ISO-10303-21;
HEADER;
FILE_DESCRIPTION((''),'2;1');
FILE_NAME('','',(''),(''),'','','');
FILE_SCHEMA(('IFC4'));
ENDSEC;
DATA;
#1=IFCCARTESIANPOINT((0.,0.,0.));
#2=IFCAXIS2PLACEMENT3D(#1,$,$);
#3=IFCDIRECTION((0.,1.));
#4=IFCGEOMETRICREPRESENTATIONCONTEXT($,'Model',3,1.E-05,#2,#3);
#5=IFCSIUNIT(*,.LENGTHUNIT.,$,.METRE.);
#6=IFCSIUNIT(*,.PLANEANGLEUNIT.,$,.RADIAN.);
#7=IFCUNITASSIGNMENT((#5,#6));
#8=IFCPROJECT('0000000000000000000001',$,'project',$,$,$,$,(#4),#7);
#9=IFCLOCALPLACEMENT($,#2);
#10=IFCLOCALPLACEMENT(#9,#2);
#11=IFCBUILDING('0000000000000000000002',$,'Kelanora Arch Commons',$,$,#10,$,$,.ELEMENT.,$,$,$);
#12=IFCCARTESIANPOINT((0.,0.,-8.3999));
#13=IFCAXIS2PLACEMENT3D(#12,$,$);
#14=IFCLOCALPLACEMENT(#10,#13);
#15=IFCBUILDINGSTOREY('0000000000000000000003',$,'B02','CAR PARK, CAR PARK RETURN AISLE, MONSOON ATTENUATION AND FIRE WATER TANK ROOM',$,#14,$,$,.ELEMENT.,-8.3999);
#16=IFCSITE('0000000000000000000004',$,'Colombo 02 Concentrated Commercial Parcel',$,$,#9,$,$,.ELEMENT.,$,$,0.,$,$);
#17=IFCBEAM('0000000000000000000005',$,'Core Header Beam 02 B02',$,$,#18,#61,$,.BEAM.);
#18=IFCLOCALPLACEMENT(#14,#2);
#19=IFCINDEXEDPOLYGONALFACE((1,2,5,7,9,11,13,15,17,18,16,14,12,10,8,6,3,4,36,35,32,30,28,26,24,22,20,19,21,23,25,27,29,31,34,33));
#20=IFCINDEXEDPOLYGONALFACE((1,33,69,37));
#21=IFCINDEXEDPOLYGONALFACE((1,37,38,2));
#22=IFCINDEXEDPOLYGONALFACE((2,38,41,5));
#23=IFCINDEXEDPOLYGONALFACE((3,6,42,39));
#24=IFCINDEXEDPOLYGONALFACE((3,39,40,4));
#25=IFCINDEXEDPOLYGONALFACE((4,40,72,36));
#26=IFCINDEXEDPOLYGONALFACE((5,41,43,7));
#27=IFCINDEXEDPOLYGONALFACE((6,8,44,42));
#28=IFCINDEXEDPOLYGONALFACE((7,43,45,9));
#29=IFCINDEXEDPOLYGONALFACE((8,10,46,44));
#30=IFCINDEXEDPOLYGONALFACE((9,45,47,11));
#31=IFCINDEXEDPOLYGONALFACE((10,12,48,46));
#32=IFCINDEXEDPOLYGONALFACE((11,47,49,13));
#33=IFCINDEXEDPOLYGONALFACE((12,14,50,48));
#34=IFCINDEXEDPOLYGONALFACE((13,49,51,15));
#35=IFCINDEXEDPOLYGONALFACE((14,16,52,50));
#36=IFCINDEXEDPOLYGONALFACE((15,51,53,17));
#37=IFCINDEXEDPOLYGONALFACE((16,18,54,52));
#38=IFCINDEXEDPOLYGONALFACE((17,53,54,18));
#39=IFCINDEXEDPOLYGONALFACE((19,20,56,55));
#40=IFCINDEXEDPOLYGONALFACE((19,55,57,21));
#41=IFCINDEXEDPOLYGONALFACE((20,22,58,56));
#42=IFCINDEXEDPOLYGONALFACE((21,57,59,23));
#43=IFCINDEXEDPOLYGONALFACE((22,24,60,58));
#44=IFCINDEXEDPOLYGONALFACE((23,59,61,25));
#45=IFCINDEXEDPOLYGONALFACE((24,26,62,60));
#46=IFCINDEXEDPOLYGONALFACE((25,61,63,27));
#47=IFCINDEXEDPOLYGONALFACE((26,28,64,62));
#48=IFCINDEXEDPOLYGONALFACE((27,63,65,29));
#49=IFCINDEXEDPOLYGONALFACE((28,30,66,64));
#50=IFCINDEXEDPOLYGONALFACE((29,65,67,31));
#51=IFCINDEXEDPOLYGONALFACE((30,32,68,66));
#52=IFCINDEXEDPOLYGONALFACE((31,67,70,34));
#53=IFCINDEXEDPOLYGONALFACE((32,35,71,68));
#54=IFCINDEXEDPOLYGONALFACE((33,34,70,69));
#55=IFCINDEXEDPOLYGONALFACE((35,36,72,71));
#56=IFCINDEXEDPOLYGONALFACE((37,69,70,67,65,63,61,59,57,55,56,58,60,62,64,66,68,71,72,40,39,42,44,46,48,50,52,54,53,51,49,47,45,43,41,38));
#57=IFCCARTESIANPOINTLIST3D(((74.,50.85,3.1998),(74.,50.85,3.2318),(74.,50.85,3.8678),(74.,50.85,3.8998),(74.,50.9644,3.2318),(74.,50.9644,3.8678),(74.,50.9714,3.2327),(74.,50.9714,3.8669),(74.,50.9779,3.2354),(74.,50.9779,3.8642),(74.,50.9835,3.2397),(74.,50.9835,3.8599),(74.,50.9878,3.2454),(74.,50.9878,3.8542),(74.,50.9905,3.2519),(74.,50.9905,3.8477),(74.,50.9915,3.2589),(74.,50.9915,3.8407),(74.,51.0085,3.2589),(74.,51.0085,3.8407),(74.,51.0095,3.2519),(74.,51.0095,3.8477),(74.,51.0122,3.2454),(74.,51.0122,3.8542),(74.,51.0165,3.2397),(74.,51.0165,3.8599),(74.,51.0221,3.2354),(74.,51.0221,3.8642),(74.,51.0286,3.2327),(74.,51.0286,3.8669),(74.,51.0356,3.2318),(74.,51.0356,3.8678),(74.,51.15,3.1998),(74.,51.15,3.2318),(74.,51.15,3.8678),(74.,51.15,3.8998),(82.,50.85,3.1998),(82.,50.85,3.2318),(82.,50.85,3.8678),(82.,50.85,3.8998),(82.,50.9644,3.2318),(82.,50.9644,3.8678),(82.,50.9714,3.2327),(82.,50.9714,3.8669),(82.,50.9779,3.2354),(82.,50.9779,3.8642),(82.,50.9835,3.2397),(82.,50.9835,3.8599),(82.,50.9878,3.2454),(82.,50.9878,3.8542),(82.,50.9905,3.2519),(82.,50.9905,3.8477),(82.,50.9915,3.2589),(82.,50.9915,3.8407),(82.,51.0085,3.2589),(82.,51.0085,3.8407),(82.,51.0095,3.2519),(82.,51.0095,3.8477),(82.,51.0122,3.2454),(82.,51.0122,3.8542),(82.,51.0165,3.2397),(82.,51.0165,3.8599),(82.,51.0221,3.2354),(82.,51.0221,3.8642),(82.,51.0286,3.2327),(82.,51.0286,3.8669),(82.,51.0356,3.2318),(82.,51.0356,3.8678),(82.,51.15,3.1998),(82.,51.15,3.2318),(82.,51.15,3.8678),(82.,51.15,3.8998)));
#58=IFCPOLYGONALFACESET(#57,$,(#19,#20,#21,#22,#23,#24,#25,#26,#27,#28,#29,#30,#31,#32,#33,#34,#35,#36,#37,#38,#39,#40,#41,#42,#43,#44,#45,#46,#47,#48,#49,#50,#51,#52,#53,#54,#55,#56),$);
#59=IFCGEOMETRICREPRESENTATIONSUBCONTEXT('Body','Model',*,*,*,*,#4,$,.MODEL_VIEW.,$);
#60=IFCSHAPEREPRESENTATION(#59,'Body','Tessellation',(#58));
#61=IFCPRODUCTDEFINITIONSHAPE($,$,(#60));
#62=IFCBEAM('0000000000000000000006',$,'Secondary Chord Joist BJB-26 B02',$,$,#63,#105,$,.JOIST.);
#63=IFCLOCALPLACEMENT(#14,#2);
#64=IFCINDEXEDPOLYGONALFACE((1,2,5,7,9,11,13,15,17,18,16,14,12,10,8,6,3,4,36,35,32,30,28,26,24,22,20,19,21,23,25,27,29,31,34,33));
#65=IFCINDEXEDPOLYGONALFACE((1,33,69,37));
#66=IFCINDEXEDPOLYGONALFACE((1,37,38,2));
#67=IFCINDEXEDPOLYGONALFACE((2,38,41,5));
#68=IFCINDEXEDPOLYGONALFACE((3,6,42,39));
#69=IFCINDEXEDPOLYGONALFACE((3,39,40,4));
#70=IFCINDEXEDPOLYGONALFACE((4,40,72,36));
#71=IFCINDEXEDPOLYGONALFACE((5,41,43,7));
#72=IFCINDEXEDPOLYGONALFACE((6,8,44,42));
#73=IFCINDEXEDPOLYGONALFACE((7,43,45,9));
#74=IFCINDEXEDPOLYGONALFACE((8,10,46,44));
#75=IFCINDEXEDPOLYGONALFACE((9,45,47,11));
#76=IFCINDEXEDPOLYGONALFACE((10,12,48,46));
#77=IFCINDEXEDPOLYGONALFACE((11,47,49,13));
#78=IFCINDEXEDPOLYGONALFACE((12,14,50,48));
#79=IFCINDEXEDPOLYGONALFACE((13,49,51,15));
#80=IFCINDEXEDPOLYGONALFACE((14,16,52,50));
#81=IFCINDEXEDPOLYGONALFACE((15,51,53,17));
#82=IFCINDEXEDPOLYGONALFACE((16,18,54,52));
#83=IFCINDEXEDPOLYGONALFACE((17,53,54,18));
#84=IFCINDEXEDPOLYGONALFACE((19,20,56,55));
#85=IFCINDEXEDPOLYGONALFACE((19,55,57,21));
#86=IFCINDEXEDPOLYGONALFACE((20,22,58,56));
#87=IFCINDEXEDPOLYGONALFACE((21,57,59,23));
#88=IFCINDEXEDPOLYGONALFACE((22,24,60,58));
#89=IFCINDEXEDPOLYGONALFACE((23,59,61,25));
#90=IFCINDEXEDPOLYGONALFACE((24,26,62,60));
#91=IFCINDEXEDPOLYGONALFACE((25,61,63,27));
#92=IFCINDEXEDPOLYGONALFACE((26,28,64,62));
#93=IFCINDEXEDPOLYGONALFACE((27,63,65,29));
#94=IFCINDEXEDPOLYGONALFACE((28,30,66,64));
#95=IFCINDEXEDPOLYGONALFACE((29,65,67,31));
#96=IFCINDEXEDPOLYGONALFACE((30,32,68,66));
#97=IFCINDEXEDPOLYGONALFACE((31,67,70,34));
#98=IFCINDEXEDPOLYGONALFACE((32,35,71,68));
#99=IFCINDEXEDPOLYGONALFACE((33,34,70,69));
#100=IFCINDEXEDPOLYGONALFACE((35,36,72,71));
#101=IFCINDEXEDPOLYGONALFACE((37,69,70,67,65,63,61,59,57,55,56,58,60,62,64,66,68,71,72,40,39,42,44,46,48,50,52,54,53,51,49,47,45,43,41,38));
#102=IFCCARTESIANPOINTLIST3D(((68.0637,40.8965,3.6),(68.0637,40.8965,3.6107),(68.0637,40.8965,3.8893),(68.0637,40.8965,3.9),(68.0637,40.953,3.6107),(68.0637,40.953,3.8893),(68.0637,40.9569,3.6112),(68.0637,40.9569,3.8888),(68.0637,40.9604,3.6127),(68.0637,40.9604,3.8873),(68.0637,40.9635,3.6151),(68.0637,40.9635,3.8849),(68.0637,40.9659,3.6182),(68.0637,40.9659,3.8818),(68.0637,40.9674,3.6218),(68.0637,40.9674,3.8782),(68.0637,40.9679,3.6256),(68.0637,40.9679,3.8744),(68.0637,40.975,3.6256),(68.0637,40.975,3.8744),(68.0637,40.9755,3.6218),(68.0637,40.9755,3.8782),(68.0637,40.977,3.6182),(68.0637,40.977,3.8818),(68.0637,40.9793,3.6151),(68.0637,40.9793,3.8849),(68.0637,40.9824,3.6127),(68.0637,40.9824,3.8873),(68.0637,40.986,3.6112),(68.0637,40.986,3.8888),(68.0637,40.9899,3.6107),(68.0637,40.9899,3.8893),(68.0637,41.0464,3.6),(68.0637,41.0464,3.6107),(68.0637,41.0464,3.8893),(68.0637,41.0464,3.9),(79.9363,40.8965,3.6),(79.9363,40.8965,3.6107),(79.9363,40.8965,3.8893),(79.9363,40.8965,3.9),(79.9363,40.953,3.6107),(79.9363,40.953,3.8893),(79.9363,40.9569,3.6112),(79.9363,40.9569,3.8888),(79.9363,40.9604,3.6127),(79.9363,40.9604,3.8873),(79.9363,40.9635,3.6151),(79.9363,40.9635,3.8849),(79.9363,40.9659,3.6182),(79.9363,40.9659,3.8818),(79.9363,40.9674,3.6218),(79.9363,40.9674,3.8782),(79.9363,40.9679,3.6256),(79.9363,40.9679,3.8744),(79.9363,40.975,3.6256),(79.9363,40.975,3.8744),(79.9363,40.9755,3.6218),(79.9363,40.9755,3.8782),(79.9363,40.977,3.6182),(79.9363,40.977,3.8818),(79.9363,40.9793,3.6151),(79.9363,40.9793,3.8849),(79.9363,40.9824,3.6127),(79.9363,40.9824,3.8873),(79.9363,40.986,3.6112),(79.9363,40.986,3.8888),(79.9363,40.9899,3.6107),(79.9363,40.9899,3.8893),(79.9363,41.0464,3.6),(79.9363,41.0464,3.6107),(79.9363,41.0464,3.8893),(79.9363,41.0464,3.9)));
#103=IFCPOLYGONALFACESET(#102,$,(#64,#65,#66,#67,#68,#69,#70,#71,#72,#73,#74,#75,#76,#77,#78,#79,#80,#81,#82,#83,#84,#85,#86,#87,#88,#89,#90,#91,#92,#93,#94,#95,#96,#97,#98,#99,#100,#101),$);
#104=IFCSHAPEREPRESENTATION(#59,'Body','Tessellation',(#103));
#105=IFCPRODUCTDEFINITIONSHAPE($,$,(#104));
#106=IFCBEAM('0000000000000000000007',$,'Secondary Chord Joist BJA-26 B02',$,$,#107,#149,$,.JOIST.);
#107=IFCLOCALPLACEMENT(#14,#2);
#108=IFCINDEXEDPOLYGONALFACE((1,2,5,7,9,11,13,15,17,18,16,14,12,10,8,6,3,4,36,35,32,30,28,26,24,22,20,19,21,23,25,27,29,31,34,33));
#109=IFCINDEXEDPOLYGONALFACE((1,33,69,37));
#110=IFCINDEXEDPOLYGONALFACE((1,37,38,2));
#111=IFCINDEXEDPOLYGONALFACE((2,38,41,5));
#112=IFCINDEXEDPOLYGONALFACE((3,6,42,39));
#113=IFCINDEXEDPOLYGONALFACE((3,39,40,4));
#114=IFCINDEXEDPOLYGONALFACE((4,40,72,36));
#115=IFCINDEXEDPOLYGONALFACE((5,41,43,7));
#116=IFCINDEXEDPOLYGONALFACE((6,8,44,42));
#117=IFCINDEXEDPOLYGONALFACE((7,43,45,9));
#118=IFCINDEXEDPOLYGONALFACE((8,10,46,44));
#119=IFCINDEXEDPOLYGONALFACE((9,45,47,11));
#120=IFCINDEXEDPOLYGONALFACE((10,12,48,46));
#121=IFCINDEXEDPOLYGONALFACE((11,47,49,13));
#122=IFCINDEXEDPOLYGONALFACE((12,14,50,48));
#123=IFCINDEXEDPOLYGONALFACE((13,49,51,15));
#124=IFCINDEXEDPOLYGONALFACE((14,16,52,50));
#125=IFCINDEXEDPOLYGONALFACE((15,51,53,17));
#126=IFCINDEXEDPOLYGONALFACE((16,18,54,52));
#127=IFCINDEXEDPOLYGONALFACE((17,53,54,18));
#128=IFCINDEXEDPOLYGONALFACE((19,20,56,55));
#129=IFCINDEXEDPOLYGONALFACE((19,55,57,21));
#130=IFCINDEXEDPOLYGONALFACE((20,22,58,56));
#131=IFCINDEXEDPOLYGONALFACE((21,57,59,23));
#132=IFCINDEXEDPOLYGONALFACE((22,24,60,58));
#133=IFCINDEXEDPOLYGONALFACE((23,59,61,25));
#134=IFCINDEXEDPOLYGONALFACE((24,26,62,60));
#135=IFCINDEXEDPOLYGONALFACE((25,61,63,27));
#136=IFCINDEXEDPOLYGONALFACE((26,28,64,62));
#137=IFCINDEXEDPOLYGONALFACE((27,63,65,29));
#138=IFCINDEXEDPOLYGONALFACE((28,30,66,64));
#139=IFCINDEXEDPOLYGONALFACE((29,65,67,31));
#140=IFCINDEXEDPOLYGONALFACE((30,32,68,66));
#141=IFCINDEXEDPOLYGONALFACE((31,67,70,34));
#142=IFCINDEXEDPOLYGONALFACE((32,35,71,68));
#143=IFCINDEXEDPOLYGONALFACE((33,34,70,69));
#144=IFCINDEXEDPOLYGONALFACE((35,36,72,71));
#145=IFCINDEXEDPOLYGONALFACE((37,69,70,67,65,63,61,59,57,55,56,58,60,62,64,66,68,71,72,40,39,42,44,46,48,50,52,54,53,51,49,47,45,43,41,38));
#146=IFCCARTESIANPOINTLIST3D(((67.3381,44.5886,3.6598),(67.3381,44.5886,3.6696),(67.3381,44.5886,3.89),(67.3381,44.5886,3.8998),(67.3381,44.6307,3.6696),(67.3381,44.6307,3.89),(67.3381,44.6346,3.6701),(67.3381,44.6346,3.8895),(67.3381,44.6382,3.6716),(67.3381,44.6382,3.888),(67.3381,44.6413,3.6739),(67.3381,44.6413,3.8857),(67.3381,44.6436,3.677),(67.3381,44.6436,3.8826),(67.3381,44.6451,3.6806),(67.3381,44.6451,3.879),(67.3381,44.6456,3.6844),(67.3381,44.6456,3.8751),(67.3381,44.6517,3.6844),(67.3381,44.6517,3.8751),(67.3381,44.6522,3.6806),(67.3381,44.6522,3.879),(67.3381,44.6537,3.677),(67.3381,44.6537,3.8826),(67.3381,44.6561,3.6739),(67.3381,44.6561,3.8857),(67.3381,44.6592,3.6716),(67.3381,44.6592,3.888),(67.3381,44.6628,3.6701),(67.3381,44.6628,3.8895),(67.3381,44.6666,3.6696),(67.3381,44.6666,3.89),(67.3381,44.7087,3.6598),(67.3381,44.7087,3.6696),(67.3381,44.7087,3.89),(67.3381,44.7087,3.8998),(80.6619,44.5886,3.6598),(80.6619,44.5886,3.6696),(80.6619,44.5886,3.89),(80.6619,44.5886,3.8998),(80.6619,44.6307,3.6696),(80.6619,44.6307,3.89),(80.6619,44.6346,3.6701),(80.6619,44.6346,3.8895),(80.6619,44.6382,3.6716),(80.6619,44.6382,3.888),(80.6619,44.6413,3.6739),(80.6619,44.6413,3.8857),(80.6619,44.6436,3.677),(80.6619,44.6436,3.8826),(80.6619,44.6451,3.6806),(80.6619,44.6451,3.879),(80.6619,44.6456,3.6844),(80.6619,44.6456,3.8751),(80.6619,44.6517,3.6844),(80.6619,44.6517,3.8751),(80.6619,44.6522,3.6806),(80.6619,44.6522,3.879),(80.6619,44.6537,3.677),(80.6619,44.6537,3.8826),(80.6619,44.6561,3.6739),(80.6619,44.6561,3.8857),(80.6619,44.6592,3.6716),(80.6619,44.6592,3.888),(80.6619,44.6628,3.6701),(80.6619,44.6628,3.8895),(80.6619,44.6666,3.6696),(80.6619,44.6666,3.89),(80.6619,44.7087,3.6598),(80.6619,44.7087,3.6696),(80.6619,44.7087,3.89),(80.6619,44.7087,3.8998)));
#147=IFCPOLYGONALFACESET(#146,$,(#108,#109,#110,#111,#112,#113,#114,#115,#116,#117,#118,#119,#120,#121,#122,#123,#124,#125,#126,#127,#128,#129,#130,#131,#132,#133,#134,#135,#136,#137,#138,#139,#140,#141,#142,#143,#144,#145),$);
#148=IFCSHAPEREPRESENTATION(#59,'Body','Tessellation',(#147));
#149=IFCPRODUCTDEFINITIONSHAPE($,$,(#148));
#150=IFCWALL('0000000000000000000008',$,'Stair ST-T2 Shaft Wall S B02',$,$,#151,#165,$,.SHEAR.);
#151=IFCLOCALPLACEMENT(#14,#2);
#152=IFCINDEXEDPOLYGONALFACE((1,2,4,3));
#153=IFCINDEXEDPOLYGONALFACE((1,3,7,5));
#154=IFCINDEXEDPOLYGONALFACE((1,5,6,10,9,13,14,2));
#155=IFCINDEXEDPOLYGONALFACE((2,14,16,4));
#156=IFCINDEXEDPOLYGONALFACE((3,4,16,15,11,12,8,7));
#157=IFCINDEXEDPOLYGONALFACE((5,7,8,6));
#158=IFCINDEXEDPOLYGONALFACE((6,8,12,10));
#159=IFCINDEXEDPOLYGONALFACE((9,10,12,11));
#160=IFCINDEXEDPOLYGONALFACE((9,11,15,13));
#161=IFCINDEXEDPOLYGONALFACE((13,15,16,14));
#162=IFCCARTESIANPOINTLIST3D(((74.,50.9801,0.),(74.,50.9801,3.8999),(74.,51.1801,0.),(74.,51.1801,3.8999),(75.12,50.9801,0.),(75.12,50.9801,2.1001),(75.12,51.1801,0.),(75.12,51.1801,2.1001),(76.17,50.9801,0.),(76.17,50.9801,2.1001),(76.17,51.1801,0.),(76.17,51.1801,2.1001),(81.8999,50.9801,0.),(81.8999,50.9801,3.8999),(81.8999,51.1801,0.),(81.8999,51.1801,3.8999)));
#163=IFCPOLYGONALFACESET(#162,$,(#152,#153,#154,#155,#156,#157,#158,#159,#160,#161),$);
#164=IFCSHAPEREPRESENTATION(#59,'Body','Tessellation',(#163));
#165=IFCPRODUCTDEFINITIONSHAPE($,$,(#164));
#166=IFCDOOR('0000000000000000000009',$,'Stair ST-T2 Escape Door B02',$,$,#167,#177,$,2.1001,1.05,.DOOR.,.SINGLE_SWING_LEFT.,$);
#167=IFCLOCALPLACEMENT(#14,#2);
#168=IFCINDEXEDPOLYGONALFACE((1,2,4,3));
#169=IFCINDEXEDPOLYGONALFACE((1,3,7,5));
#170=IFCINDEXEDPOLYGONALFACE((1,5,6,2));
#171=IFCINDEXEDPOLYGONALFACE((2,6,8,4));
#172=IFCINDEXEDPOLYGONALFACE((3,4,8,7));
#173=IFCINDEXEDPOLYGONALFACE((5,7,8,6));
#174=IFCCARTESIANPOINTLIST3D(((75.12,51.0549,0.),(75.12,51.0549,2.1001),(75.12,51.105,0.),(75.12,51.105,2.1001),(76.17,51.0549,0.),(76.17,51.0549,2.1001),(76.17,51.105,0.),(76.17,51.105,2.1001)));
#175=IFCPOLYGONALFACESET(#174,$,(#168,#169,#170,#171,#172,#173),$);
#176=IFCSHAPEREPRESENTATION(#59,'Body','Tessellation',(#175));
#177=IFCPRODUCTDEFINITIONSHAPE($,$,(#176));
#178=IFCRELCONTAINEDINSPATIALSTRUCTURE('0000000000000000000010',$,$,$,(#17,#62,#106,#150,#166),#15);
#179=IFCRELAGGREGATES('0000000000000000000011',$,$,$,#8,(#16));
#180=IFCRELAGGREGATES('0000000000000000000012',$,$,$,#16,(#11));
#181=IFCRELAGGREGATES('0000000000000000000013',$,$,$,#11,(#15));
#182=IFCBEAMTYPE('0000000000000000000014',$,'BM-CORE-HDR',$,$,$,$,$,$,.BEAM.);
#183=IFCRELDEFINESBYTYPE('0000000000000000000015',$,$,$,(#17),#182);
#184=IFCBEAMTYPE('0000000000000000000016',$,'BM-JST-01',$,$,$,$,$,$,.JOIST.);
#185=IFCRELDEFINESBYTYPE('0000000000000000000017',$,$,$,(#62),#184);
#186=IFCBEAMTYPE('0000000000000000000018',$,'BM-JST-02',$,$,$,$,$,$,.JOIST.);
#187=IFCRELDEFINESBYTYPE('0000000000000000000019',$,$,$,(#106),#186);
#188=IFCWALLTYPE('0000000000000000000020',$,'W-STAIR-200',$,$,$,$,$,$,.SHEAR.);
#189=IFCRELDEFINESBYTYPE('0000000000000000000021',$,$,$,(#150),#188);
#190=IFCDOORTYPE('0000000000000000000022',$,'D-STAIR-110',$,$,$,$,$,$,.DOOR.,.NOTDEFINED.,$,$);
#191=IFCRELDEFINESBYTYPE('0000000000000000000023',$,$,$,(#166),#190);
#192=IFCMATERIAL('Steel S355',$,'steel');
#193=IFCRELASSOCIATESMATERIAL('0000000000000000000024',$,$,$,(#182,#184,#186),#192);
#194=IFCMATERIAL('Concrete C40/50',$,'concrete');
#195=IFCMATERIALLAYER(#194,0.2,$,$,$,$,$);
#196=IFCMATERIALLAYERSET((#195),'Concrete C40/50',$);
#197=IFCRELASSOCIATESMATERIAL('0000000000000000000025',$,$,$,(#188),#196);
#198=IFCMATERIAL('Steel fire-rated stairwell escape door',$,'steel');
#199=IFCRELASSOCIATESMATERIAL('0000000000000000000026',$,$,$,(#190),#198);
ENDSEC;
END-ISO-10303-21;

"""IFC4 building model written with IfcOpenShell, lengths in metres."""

from ifc_helpers import new_model, si_unit, direction, frame, frame_2d, origin, origin_2d, place, context, subcontext, project, spatial, rectangle, i_section, extrude, material, layer, layer_set, material_profile, profile_set, type_object, element, fill, save


model = new_model("IFC4")

# Units and contexts
model_context = context("Model", 3, precision=1e-05, world=origin(), true_north=direction((0.0, 1.0)))
body_context = subcontext(model_context, "Body", "Model", "MODEL_VIEW")
ifc_project = project(units=[si_unit("LENGTHUNIT", "METRE"), si_unit("PLANEANGLEUNIT", "RADIAN")], contexts=[model_context])

# Site, building, storey
site_placement = place(None, origin())
site = spatial("IfcSite", under=ifc_project, at=site_placement, Name="Colombo 02 Concentrated Commercial Parcel", CompositionType="ELEMENT", RefElevation=0.0)
building_placement = place(site_placement, origin())
building = spatial("IfcBuilding", under=site, at=building_placement, Name="Kelanora Arch Commons", CompositionType="ELEMENT")
storey_placement = place(building_placement, frame((0.0, 0.0, -8.3999)))
storey = spatial("IfcBuildingStorey", under=building, at=storey_placement, Name="B02", Description="CAR PARK, CAR PARK RETURN AISLE, MONSOON ATTENUATION AND FIRE WATER TANK ROOM", CompositionType="ELEMENT", Elevation=-8.3999)

# Beams
ifc_material_1 = material(Name="Steel S355", Category="steel")
ifc_material_profile_1 = material_profile(ifc_material_1, i_section(OverallWidth=0.3, OverallDepth=0.7, WebThickness=0.0171, FlangeThickness=0.032, FilletRadius=0.0271, at=origin_2d()), Name="HEB700")
ifc_profile_set_1 = profile_set([ifc_material_profile_1], Name="Steel S355")
beam_type_1 = type_object("IfcBeamType", Name="BM-CORE-HDR", PredefinedType="BEAM", material=ifc_profile_set_1)
beam_1_placement = place(storey_placement, frame((74.0, 51.0, 3.5498), z_axis=(1.0, 0.0, 0.0), x_axis=(0.0, 1.0, 0.0)))
element("IfcBeam", 1, at=beam_1_placement, inside=storey, type_object=beam_type_1, Name="Core Header Beam 02 B02", PredefinedType="BEAM", context=body_context, shape_type="SweptSolid", body=[
    extrude(i_section(OverallWidth=0.3, OverallDepth=0.7, WebThickness=0.0171, FlangeThickness=0.032, FilletRadius=0.0271, at=origin_2d()), origin(), (0.0, 0.0, 1.0), 8.0),
])
ifc_material_profile_2 = material_profile(ifc_material_1, i_section(OverallWidth=0.1499, OverallDepth=0.3, WebThickness=0.0071, FlangeThickness=0.0107, FilletRadius=0.0149, at=origin_2d()), Name="IPE300")
ifc_profile_set_2 = profile_set([ifc_material_profile_2], Name="Steel S355")
beam_type_2 = type_object("IfcBeamType", Name="BM-JST-01", PredefinedType="JOIST", material=ifc_profile_set_2)
beam_2_placement = place(storey_placement, frame((68.0637, 40.9714, 3.75), z_axis=(1.0, 0.0, 0.0), x_axis=(0.0, 1.0, 0.0)))
element("IfcBeam", 2, at=beam_2_placement, inside=storey, type_object=beam_type_2, Name="Secondary Chord Joist BJB-26 B02", PredefinedType="JOIST", context=body_context, shape_type="SweptSolid", body=[
    extrude(i_section(OverallWidth=0.1499, OverallDepth=0.3, WebThickness=0.0071, FlangeThickness=0.0107, FilletRadius=0.0149, at=origin_2d()), origin(), (0.0, 0.0, 1.0), 11.8726),
])
ifc_material_profile_3 = material_profile(ifc_material_1, i_section(OverallWidth=0.1201, OverallDepth=0.24, WebThickness=0.0061, FlangeThickness=0.0098, FilletRadius=0.0149, at=origin_2d()), Name="IPE240")
ifc_profile_set_3 = profile_set([ifc_material_profile_3], Name="Steel S355")
beam_type_3 = type_object("IfcBeamType", Name="BM-JST-02", PredefinedType="JOIST", material=ifc_profile_set_3)
beam_3_placement = place(storey_placement, frame((67.3381, 44.6487, 3.7798), z_axis=(1.0, 0.0, 0.0), x_axis=(0.0, 1.0, 0.0)))
element("IfcBeam", 3, at=beam_3_placement, inside=storey, type_object=beam_type_3, Name="Secondary Chord Joist BJA-26 B02", PredefinedType="JOIST", context=body_context, shape_type="SweptSolid", body=[
    extrude(i_section(OverallWidth=0.1201, OverallDepth=0.24, WebThickness=0.0061, FlangeThickness=0.0098, FilletRadius=0.0149, at=origin_2d()), origin(), (0.0, 0.0, 1.0), 13.3237),
])

# Wall, opening, door
ifc_material_2 = material(Name="Concrete C40/50", Category="concrete")
ifc_layer = layer(ifc_material_2, 0.2)
ifc_layer_set = layer_set([ifc_layer], Name="Concrete C40/50")
wall_type = type_object("IfcWallType", Name="W-STAIR-200", PredefinedType="SHEAR", material=ifc_layer_set)
wall_1_placement = place(storey_placement, frame((74.0, 51.0801, 0.0), z_axis=(0.0, 0.0, 1.0), x_axis=(1.0, 0.0, 0.0)))
wall_1 = element("IfcWall", 4, at=wall_1_placement, inside=storey, type_object=wall_type, Name="Stair ST-T2 Shaft Wall S B02", PredefinedType="SHEAR", context=body_context, shape_type="SweptSolid", body=[
    extrude(rectangle(XDim=7.8999, YDim=0.2, at=frame_2d((3.95, 0.0))), origin(), (0.0, 0.0, 1.0), 3.8999),
])
opening_placement = place(wall_1_placement, frame((1.1201, 0.0, 0.0)))
opening = element("IfcOpeningElement", 5, at=opening_placement, cuts=wall_1, PredefinedType="OPENING", context=body_context, shape_type="SweptSolid", body=[
    extrude(rectangle(XDim=1.05, YDim=2.1001, at=frame_2d((0.5249, 1.05))), frame((0.0, 0.1099, 0.0), z_axis=(0.0, -1.0, 0.0), x_axis=(1.0, 0.0, 0.0)), (0.0, 0.0, 1.0), 0.22),
])
ifc_material_3 = material(Name="Steel fire-rated stairwell escape door", Category="steel")
door_type = type_object("IfcDoorType", Name="D-STAIR-110", OperationType="NOTDEFINED", PredefinedType="DOOR", material=ifc_material_3)
door_placement = place(opening_placement, origin())
door = element("IfcDoor", 6, at=door_placement, inside=storey, type_object=door_type, Name="Stair ST-T2 Escape Door B02", OperationType="SINGLE_SWING_LEFT", OverallHeight=2.1001, OverallWidth=1.05, PredefinedType="DOOR", context=body_context, shape_type="SweptSolid", body=[
    extrude(rectangle(XDim=1.05, YDim=2.1001, at=frame_2d((0.5249, 1.05))), frame((0.0, 0.0249, 0.0), z_axis=(0.0, -1.0, 0.0), x_axis=(1.0, 0.0, 0.0)), (0.0, 0.0, 1.0), 0.05),
])
fill(opening, door)

save(model, "model.ifc")
